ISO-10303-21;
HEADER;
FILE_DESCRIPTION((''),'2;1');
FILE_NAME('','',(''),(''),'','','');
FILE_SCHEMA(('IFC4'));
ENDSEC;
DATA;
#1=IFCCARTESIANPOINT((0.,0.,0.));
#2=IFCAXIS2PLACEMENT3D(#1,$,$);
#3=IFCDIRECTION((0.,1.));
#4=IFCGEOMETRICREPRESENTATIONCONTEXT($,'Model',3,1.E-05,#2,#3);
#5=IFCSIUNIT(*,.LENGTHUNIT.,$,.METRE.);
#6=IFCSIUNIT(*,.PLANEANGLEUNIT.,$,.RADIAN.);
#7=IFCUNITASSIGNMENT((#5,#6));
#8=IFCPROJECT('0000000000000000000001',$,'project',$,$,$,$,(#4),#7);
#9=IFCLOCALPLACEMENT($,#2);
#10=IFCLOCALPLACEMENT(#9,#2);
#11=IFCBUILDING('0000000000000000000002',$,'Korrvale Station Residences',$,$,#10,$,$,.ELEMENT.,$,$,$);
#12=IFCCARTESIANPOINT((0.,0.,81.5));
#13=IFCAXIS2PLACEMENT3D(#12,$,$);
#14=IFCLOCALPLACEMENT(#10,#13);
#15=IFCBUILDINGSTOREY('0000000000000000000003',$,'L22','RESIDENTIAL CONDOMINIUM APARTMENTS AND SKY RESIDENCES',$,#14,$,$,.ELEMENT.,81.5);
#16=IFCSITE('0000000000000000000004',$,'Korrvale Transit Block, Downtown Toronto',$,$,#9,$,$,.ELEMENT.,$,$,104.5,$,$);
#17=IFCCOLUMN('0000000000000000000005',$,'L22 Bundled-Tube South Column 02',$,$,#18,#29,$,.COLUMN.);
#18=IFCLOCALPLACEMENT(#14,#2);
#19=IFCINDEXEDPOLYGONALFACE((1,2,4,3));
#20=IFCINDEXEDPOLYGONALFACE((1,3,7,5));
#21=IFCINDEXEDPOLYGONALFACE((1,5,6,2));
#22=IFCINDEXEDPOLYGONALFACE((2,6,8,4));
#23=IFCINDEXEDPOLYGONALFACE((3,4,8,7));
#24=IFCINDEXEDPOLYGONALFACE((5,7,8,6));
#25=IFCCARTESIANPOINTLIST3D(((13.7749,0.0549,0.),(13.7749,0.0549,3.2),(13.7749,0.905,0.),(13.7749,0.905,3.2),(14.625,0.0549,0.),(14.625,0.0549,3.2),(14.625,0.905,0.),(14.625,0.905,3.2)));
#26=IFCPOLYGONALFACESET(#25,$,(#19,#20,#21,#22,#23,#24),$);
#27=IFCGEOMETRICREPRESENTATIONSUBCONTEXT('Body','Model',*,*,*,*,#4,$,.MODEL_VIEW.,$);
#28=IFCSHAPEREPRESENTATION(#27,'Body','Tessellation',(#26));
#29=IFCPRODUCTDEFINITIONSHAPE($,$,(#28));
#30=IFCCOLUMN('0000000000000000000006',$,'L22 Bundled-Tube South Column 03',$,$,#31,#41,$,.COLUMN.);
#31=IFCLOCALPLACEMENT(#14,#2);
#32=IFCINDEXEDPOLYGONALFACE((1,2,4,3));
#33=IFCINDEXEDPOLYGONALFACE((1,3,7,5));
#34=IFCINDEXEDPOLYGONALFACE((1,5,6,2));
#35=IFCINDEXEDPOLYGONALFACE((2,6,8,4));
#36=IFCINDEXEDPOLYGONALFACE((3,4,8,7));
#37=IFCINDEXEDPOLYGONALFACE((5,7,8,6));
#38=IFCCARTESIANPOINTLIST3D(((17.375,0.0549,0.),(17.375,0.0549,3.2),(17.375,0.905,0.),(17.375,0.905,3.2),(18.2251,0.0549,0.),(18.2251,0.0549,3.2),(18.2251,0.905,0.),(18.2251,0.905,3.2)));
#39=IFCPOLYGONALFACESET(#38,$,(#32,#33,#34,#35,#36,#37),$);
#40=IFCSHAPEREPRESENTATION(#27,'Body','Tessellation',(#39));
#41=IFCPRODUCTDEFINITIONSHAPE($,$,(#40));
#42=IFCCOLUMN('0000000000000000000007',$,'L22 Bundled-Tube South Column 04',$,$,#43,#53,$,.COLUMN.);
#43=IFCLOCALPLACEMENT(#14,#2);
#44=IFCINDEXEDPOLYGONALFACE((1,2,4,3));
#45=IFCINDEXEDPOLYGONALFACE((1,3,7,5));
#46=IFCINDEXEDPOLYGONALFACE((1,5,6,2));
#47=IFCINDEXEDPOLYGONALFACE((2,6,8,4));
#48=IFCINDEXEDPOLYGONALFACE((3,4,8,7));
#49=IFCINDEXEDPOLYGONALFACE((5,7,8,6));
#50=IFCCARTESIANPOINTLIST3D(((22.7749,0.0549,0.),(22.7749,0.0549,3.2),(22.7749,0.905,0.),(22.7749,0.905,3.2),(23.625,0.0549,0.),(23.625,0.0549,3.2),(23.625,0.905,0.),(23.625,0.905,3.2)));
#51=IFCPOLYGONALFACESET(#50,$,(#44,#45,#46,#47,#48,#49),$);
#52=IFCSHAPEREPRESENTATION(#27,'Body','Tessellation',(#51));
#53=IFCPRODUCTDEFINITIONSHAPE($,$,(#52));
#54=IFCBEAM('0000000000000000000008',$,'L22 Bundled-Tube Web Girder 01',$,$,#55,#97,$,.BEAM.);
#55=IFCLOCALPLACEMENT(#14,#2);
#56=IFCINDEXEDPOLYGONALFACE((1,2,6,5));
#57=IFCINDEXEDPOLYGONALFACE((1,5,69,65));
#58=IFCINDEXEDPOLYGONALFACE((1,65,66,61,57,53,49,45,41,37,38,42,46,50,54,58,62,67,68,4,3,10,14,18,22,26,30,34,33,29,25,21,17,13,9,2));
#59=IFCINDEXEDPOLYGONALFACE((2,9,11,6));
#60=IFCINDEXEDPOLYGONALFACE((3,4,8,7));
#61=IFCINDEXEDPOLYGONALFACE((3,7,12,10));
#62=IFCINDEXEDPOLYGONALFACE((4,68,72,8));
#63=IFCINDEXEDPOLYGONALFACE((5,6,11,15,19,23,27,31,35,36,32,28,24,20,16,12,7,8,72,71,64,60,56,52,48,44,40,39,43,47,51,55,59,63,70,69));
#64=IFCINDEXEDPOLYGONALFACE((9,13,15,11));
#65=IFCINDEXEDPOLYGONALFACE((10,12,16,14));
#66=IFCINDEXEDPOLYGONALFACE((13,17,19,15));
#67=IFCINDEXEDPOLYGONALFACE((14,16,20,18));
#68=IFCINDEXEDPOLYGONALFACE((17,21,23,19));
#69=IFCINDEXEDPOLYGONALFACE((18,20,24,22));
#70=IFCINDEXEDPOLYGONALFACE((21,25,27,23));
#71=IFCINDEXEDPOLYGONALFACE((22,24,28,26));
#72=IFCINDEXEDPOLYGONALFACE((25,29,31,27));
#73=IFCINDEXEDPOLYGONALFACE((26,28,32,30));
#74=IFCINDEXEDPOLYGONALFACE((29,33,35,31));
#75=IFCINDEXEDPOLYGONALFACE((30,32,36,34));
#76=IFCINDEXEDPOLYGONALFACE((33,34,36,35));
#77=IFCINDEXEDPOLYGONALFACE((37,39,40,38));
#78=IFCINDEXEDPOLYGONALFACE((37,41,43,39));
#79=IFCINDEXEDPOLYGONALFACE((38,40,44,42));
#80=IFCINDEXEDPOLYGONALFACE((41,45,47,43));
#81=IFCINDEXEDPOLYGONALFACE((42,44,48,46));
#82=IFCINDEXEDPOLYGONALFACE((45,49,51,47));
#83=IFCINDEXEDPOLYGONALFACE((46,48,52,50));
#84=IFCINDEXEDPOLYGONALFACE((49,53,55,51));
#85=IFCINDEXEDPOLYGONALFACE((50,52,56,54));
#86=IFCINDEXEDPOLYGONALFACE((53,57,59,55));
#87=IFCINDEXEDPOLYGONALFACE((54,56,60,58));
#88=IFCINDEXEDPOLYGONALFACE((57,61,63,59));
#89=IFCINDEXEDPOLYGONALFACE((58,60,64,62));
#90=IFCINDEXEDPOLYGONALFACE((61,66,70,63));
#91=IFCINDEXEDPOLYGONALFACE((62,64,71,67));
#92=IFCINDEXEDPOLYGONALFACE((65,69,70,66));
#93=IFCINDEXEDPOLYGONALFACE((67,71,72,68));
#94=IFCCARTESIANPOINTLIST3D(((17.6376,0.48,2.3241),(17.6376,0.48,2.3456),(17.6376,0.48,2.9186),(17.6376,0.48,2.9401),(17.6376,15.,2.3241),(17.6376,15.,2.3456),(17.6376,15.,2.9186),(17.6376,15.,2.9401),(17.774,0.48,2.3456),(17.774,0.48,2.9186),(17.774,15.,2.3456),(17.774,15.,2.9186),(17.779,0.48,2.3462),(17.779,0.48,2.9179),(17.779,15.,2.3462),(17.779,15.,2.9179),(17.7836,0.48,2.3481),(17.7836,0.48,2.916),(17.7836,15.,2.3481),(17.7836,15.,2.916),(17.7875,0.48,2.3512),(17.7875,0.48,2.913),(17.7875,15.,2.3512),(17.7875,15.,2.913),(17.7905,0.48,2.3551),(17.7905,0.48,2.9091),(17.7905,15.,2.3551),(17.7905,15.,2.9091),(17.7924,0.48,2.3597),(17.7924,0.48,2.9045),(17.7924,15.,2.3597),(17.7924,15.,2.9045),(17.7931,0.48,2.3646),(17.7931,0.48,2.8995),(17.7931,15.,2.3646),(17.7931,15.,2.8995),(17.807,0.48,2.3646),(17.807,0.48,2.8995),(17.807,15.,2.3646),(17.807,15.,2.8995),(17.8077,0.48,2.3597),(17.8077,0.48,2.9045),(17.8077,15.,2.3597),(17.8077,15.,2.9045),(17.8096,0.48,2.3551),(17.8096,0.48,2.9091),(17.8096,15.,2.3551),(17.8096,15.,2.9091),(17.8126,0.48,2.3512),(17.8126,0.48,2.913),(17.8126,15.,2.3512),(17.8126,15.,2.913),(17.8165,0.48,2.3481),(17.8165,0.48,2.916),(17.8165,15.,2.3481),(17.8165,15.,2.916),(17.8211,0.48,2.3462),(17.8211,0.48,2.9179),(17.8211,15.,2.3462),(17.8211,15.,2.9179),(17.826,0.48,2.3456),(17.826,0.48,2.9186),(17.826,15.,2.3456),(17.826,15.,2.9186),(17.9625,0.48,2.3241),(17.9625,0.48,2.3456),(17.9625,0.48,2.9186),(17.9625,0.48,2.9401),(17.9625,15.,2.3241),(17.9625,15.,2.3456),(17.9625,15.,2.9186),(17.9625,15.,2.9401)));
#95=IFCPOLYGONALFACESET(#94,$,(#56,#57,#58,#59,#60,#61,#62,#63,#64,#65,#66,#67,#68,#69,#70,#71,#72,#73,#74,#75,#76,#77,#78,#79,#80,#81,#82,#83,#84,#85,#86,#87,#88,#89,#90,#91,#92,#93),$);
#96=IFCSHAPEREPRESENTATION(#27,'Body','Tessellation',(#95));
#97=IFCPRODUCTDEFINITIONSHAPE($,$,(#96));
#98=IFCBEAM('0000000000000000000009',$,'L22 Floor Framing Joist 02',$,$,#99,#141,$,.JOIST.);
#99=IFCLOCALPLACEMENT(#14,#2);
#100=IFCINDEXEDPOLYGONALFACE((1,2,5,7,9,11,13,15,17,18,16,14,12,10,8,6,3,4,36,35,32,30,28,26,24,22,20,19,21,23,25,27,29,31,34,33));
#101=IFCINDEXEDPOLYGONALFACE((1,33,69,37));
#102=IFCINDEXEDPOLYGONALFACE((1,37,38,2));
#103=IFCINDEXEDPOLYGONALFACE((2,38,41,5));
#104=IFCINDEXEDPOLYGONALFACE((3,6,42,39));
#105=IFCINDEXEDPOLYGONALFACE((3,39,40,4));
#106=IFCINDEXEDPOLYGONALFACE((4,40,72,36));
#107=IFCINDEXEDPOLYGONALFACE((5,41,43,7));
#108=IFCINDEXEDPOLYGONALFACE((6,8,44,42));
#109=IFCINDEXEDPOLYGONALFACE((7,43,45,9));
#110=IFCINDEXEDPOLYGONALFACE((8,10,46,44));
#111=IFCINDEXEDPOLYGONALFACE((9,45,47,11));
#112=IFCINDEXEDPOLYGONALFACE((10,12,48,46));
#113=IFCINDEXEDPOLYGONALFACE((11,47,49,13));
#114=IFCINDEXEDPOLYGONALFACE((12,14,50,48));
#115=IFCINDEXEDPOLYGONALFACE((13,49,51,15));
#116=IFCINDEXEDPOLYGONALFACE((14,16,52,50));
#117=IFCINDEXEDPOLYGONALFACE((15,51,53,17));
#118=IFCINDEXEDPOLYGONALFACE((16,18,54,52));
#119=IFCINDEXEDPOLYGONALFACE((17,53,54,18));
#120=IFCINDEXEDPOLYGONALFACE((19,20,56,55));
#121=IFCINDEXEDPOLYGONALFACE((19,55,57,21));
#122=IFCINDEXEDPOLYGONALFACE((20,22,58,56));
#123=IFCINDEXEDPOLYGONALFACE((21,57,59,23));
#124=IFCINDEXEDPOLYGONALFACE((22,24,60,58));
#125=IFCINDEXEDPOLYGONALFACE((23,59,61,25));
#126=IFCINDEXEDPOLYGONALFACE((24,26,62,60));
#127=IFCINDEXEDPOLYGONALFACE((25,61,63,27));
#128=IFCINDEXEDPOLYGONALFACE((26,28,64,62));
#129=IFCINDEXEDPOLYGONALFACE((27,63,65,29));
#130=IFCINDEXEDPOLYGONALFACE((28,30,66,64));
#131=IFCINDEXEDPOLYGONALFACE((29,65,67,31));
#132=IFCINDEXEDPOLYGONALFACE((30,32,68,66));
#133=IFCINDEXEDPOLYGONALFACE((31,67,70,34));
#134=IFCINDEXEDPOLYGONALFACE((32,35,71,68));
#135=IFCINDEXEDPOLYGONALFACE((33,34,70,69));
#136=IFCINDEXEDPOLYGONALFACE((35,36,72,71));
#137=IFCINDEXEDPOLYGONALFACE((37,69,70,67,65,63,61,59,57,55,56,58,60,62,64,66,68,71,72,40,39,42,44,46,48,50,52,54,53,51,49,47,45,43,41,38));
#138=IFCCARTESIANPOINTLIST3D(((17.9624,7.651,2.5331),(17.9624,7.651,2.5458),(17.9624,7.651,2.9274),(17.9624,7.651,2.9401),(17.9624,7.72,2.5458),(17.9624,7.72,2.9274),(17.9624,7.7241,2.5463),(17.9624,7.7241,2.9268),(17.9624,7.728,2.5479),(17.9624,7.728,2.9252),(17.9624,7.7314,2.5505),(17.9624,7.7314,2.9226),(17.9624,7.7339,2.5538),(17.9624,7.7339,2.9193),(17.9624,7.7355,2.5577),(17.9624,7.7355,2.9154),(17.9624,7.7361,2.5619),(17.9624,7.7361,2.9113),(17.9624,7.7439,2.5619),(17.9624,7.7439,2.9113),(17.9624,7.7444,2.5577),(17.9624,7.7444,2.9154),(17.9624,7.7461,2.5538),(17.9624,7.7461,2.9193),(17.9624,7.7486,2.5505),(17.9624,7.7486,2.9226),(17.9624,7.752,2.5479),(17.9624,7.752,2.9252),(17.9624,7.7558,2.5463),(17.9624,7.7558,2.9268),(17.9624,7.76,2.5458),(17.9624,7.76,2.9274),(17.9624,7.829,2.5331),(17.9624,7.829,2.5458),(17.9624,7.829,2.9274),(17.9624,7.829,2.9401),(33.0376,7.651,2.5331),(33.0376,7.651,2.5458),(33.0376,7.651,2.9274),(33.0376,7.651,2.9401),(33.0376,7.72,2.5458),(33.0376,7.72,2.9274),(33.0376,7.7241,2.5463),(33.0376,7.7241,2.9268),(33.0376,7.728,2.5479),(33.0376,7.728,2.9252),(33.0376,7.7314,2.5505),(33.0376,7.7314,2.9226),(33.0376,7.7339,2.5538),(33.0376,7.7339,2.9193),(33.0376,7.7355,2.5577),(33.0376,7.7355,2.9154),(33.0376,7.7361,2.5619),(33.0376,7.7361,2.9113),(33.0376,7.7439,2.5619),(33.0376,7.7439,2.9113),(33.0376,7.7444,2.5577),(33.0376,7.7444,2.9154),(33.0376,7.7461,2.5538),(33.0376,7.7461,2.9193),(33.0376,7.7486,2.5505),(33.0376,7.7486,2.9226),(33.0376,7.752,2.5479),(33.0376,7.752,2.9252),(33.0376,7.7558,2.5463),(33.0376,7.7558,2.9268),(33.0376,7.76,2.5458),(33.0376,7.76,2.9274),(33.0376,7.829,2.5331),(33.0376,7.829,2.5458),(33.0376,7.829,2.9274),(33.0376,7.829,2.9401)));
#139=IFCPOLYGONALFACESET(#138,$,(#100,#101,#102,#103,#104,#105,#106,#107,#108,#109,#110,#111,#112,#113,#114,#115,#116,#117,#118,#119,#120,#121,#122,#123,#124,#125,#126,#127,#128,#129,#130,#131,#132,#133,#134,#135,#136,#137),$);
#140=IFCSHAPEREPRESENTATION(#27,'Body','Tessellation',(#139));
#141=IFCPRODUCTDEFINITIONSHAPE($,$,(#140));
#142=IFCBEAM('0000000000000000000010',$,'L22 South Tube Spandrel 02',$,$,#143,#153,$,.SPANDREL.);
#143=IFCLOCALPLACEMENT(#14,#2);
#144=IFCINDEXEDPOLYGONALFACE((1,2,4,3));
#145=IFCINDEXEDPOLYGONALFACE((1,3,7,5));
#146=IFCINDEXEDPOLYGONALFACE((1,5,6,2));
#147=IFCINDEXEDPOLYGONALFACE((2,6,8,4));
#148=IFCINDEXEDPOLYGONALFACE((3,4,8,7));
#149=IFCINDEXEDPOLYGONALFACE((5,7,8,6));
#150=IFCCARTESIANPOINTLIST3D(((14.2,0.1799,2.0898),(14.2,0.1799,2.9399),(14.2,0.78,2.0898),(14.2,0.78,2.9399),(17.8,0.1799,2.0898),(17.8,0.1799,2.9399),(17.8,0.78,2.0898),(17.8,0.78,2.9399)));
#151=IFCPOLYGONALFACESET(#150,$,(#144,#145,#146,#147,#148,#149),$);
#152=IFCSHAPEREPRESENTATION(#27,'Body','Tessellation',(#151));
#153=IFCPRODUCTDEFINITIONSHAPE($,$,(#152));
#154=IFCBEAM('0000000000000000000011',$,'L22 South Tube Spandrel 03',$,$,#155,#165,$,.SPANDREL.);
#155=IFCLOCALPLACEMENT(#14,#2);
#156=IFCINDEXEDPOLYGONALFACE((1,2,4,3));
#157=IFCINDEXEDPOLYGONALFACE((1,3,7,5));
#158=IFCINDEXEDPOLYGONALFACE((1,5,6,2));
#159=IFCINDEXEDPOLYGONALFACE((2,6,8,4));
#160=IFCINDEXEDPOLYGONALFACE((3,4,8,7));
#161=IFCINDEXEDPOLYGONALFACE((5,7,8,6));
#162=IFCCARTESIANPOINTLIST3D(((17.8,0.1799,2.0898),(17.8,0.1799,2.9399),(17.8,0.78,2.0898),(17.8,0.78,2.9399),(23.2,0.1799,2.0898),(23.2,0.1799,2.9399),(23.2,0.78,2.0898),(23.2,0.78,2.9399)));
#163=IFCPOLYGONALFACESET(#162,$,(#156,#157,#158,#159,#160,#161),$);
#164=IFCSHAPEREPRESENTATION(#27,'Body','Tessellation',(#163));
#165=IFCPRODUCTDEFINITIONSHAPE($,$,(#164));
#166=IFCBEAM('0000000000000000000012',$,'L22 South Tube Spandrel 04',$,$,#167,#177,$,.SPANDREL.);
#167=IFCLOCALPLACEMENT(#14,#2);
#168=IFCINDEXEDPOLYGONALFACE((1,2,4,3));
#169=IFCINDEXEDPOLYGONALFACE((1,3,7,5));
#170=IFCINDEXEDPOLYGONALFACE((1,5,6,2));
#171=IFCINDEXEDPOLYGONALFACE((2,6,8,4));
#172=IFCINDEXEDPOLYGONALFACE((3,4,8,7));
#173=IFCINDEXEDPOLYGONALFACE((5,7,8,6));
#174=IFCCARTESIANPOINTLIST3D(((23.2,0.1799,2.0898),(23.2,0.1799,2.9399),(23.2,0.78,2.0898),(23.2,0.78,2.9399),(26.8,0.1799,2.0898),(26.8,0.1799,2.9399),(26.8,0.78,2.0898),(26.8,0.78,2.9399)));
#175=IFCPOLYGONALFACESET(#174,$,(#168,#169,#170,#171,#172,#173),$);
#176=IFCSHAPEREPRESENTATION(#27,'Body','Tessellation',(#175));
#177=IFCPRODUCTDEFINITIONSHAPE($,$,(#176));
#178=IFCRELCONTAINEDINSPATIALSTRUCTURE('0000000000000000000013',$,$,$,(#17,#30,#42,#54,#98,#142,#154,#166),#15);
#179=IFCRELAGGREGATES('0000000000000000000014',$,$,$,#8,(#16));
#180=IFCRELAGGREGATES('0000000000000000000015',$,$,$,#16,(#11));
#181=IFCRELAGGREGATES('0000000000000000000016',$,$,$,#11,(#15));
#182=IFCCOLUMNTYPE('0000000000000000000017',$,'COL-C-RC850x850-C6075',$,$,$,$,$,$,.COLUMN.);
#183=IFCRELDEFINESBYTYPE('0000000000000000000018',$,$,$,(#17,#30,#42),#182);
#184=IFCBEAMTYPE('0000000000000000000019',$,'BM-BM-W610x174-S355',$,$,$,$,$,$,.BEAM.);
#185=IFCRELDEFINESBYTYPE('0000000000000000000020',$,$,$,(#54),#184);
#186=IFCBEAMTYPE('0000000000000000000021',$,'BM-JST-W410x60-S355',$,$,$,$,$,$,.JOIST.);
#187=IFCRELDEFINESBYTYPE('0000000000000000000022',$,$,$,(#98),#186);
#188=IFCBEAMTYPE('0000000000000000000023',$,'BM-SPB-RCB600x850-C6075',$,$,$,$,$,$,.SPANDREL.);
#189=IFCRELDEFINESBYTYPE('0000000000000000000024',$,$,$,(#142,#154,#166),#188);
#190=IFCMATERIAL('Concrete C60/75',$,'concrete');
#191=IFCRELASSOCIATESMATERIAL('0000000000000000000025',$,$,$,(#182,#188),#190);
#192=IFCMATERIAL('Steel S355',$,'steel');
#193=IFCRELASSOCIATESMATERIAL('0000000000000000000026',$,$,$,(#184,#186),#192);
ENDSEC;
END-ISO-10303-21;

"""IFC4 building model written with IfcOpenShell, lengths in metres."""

from ifc_helpers import new_model, si_unit, direction, frame, origin, origin_2d, place, context, subcontext, project, spatial, rectangle, i_section, extrude, material, material_profile, profile_set, type_object, element, save


model = new_model("IFC4")

# Units and contexts
model_context = context("Model", 3, precision=1e-05, world=origin(), true_north=direction((0.0, 1.0)))
body_context = subcontext(model_context, "Body", "Model", "MODEL_VIEW")
ifc_project = project(units=[si_unit("LENGTHUNIT", "METRE"), si_unit("PLANEANGLEUNIT", "RADIAN")], contexts=[model_context])

# Site, building, storey
site_placement = place(None, origin())
site = spatial("IfcSite", under=ifc_project, at=site_placement, Name="Korrvale Transit Block, Downtown Toronto", CompositionType="ELEMENT", RefElevation=104.5)
building_placement = place(site_placement, origin())
building = spatial("IfcBuilding", under=site, at=building_placement, Name="Korrvale Station Residences", CompositionType="ELEMENT")
storey_placement = place(building_placement, frame((0.0, 0.0, 81.5)))
storey = spatial("IfcBuildingStorey", under=building, at=storey_placement, Name="L22", Description="RESIDENTIAL CONDOMINIUM APARTMENTS AND SKY RESIDENCES", CompositionType="ELEMENT", Elevation=81.5)

# Columns
ifc_material_1 = material(Name="Concrete C60/75", Category="concrete")
ifc_material_profile_1 = material_profile(ifc_material_1, rectangle(XDim=0.8501, YDim=0.8501, at=origin_2d()), Name="RC850x850")
ifc_profile_set_1 = profile_set([ifc_material_profile_1], Name="Concrete C60/75")
column_type = type_object("IfcColumnType", Name="COL-C-RC850x850-C6075", PredefinedType="COLUMN", material=ifc_profile_set_1)
for number, where, z_axis, x_axis, name in (
    (1, (14.2, 0.48, 0.0), (0.0, 0.0, 1.0), (1.0, 0.0, 0.0), "L22 Bundled-Tube South Column 02"),
    (2, (17.8, 0.48, 0.0), (0.0, 0.0, 1.0), (1.0, 0.0, 0.0), "L22 Bundled-Tube South Column 03"),
    (3, (23.2, 0.48, 0.0), (0.0, 0.0, 1.0), (1.0, 0.0, 0.0), "L22 Bundled-Tube South Column 04"),
):
    element("IfcColumn", number, at=place(storey_placement, frame(where, z_axis=z_axis, x_axis=x_axis)), inside=storey, type_object=column_type, Name=name, PredefinedType="COLUMN", context=body_context, shape_type="SweptSolid", body=[
        extrude(rectangle(XDim=0.8501, YDim=0.8501, at=origin_2d()), origin(), (0.0, 0.0, 1.0), 3.2),
    ])

# Beams
ifc_material_2 = material(Name="Steel S355", Category="steel")
ifc_material_profile_2 = material_profile(ifc_material_2, i_section(OverallWidth=0.325, OverallDepth=0.616, WebThickness=0.0139, FlangeThickness=0.0215, FilletRadius=0.019, at=origin_2d()), Name="W610x174")
ifc_profile_set_2 = profile_set([ifc_material_profile_2], Name="Steel S355")
beam_type_1 = type_object("IfcBeamType", Name="BM-BM-W610x174-S355", PredefinedType="BEAM", material=ifc_profile_set_2)
beam_1_placement = place(storey_placement, frame((17.8, 0.48, 2.6321), z_axis=(0.0, 1.0, 0.0), x_axis=(-1.0, 0.0, 0.0)))
element("IfcBeam", 4, at=beam_1_placement, inside=storey, type_object=beam_type_1, Name="L22 Bundled-Tube Web Girder 01", PredefinedType="BEAM", context=body_context, shape_type="SweptSolid", body=[
    extrude(i_section(OverallWidth=0.325, OverallDepth=0.616, WebThickness=0.0139, FlangeThickness=0.0215, FilletRadius=0.019, at=origin_2d()), origin(), (0.0, 0.0, 1.0), 14.52),
])
ifc_material_profile_3 = material_profile(ifc_material_2, i_section(OverallWidth=0.178, OverallDepth=0.407, WebThickness=0.0078, FlangeThickness=0.0127, FilletRadius=0.0161, at=origin_2d()), Name="W410x60")
ifc_profile_set_3 = profile_set([ifc_material_profile_3], Name="Steel S355")
beam_type_2 = type_object("IfcBeamType", Name="BM-JST-W410x60-S355", PredefinedType="JOIST", material=ifc_profile_set_3)
beam_2_placement = place(storey_placement, frame((17.9624, 7.74, 2.7366), z_axis=(1.0, 0.0, 0.0), x_axis=(0.0, 1.0, 0.0)))
element("IfcBeam", 5, at=beam_2_placement, inside=storey, type_object=beam_type_2, Name="L22 Floor Framing Joist 02", PredefinedType="JOIST", context=body_context, shape_type="SweptSolid", body=[
    extrude(i_section(OverallWidth=0.178, OverallDepth=0.407, WebThickness=0.0078, FlangeThickness=0.0127, FilletRadius=0.0161, at=origin_2d()), origin(), (0.0, 0.0, 1.0), 15.0752),
])
ifc_material_profile_4 = material_profile(ifc_material_1, rectangle(XDim=0.6001, YDim=0.8501, at=origin_2d()), Name="RCB600x850")
ifc_profile_set_4 = profile_set([ifc_material_profile_4], Name="Concrete C60/75")
beam_type_3 = type_object("IfcBeamType", Name="BM-SPB-RCB600x850-C6075", PredefinedType="SPANDREL", material=ifc_profile_set_4)
beam_3_placement = place(storey_placement, frame((14.2, 0.48, 2.5149), z_axis=(1.0, 0.0, 0.0), x_axis=(0.0, 1.0, 0.0)))
element("IfcBeam", 6, at=beam_3_placement, inside=storey, type_object=beam_type_3, Name="L22 South Tube Spandrel 02", PredefinedType="SPANDREL", context=body_context, shape_type="SweptSolid", body=[
    extrude(rectangle(XDim=0.6001, YDim=0.8501, at=origin_2d()), origin(), (0.0, 0.0, 1.0), 3.6001),
])
beam_4_placement = place(storey_placement, frame((17.8, 0.48, 2.5149), z_axis=(1.0, 0.0, 0.0), x_axis=(0.0, 1.0, 0.0)))
element("IfcBeam", 7, at=beam_4_placement, inside=storey, type_object=beam_type_3, Name="L22 South Tube Spandrel 03", PredefinedType="SPANDREL", context=body_context, shape_type="SweptSolid", body=[
    extrude(rectangle(XDim=0.6001, YDim=0.8501, at=origin_2d()), origin(), (0.0, 0.0, 1.0), 5.3999),
])
beam_5_placement = place(storey_placement, frame((23.2, 0.48, 2.5149), z_axis=(1.0, 0.0, 0.0), x_axis=(0.0, 1.0, 0.0)))
element("IfcBeam", 8, at=beam_5_placement, inside=storey, type_object=beam_type_3, Name="L22 South Tube Spandrel 04", PredefinedType="SPANDREL", context=body_context, shape_type="SweptSolid", body=[
    extrude(rectangle(XDim=0.6001, YDim=0.8501, at=origin_2d()), origin(), (0.0, 0.0, 1.0), 3.6001),
])

save(model, "model.ifc")
